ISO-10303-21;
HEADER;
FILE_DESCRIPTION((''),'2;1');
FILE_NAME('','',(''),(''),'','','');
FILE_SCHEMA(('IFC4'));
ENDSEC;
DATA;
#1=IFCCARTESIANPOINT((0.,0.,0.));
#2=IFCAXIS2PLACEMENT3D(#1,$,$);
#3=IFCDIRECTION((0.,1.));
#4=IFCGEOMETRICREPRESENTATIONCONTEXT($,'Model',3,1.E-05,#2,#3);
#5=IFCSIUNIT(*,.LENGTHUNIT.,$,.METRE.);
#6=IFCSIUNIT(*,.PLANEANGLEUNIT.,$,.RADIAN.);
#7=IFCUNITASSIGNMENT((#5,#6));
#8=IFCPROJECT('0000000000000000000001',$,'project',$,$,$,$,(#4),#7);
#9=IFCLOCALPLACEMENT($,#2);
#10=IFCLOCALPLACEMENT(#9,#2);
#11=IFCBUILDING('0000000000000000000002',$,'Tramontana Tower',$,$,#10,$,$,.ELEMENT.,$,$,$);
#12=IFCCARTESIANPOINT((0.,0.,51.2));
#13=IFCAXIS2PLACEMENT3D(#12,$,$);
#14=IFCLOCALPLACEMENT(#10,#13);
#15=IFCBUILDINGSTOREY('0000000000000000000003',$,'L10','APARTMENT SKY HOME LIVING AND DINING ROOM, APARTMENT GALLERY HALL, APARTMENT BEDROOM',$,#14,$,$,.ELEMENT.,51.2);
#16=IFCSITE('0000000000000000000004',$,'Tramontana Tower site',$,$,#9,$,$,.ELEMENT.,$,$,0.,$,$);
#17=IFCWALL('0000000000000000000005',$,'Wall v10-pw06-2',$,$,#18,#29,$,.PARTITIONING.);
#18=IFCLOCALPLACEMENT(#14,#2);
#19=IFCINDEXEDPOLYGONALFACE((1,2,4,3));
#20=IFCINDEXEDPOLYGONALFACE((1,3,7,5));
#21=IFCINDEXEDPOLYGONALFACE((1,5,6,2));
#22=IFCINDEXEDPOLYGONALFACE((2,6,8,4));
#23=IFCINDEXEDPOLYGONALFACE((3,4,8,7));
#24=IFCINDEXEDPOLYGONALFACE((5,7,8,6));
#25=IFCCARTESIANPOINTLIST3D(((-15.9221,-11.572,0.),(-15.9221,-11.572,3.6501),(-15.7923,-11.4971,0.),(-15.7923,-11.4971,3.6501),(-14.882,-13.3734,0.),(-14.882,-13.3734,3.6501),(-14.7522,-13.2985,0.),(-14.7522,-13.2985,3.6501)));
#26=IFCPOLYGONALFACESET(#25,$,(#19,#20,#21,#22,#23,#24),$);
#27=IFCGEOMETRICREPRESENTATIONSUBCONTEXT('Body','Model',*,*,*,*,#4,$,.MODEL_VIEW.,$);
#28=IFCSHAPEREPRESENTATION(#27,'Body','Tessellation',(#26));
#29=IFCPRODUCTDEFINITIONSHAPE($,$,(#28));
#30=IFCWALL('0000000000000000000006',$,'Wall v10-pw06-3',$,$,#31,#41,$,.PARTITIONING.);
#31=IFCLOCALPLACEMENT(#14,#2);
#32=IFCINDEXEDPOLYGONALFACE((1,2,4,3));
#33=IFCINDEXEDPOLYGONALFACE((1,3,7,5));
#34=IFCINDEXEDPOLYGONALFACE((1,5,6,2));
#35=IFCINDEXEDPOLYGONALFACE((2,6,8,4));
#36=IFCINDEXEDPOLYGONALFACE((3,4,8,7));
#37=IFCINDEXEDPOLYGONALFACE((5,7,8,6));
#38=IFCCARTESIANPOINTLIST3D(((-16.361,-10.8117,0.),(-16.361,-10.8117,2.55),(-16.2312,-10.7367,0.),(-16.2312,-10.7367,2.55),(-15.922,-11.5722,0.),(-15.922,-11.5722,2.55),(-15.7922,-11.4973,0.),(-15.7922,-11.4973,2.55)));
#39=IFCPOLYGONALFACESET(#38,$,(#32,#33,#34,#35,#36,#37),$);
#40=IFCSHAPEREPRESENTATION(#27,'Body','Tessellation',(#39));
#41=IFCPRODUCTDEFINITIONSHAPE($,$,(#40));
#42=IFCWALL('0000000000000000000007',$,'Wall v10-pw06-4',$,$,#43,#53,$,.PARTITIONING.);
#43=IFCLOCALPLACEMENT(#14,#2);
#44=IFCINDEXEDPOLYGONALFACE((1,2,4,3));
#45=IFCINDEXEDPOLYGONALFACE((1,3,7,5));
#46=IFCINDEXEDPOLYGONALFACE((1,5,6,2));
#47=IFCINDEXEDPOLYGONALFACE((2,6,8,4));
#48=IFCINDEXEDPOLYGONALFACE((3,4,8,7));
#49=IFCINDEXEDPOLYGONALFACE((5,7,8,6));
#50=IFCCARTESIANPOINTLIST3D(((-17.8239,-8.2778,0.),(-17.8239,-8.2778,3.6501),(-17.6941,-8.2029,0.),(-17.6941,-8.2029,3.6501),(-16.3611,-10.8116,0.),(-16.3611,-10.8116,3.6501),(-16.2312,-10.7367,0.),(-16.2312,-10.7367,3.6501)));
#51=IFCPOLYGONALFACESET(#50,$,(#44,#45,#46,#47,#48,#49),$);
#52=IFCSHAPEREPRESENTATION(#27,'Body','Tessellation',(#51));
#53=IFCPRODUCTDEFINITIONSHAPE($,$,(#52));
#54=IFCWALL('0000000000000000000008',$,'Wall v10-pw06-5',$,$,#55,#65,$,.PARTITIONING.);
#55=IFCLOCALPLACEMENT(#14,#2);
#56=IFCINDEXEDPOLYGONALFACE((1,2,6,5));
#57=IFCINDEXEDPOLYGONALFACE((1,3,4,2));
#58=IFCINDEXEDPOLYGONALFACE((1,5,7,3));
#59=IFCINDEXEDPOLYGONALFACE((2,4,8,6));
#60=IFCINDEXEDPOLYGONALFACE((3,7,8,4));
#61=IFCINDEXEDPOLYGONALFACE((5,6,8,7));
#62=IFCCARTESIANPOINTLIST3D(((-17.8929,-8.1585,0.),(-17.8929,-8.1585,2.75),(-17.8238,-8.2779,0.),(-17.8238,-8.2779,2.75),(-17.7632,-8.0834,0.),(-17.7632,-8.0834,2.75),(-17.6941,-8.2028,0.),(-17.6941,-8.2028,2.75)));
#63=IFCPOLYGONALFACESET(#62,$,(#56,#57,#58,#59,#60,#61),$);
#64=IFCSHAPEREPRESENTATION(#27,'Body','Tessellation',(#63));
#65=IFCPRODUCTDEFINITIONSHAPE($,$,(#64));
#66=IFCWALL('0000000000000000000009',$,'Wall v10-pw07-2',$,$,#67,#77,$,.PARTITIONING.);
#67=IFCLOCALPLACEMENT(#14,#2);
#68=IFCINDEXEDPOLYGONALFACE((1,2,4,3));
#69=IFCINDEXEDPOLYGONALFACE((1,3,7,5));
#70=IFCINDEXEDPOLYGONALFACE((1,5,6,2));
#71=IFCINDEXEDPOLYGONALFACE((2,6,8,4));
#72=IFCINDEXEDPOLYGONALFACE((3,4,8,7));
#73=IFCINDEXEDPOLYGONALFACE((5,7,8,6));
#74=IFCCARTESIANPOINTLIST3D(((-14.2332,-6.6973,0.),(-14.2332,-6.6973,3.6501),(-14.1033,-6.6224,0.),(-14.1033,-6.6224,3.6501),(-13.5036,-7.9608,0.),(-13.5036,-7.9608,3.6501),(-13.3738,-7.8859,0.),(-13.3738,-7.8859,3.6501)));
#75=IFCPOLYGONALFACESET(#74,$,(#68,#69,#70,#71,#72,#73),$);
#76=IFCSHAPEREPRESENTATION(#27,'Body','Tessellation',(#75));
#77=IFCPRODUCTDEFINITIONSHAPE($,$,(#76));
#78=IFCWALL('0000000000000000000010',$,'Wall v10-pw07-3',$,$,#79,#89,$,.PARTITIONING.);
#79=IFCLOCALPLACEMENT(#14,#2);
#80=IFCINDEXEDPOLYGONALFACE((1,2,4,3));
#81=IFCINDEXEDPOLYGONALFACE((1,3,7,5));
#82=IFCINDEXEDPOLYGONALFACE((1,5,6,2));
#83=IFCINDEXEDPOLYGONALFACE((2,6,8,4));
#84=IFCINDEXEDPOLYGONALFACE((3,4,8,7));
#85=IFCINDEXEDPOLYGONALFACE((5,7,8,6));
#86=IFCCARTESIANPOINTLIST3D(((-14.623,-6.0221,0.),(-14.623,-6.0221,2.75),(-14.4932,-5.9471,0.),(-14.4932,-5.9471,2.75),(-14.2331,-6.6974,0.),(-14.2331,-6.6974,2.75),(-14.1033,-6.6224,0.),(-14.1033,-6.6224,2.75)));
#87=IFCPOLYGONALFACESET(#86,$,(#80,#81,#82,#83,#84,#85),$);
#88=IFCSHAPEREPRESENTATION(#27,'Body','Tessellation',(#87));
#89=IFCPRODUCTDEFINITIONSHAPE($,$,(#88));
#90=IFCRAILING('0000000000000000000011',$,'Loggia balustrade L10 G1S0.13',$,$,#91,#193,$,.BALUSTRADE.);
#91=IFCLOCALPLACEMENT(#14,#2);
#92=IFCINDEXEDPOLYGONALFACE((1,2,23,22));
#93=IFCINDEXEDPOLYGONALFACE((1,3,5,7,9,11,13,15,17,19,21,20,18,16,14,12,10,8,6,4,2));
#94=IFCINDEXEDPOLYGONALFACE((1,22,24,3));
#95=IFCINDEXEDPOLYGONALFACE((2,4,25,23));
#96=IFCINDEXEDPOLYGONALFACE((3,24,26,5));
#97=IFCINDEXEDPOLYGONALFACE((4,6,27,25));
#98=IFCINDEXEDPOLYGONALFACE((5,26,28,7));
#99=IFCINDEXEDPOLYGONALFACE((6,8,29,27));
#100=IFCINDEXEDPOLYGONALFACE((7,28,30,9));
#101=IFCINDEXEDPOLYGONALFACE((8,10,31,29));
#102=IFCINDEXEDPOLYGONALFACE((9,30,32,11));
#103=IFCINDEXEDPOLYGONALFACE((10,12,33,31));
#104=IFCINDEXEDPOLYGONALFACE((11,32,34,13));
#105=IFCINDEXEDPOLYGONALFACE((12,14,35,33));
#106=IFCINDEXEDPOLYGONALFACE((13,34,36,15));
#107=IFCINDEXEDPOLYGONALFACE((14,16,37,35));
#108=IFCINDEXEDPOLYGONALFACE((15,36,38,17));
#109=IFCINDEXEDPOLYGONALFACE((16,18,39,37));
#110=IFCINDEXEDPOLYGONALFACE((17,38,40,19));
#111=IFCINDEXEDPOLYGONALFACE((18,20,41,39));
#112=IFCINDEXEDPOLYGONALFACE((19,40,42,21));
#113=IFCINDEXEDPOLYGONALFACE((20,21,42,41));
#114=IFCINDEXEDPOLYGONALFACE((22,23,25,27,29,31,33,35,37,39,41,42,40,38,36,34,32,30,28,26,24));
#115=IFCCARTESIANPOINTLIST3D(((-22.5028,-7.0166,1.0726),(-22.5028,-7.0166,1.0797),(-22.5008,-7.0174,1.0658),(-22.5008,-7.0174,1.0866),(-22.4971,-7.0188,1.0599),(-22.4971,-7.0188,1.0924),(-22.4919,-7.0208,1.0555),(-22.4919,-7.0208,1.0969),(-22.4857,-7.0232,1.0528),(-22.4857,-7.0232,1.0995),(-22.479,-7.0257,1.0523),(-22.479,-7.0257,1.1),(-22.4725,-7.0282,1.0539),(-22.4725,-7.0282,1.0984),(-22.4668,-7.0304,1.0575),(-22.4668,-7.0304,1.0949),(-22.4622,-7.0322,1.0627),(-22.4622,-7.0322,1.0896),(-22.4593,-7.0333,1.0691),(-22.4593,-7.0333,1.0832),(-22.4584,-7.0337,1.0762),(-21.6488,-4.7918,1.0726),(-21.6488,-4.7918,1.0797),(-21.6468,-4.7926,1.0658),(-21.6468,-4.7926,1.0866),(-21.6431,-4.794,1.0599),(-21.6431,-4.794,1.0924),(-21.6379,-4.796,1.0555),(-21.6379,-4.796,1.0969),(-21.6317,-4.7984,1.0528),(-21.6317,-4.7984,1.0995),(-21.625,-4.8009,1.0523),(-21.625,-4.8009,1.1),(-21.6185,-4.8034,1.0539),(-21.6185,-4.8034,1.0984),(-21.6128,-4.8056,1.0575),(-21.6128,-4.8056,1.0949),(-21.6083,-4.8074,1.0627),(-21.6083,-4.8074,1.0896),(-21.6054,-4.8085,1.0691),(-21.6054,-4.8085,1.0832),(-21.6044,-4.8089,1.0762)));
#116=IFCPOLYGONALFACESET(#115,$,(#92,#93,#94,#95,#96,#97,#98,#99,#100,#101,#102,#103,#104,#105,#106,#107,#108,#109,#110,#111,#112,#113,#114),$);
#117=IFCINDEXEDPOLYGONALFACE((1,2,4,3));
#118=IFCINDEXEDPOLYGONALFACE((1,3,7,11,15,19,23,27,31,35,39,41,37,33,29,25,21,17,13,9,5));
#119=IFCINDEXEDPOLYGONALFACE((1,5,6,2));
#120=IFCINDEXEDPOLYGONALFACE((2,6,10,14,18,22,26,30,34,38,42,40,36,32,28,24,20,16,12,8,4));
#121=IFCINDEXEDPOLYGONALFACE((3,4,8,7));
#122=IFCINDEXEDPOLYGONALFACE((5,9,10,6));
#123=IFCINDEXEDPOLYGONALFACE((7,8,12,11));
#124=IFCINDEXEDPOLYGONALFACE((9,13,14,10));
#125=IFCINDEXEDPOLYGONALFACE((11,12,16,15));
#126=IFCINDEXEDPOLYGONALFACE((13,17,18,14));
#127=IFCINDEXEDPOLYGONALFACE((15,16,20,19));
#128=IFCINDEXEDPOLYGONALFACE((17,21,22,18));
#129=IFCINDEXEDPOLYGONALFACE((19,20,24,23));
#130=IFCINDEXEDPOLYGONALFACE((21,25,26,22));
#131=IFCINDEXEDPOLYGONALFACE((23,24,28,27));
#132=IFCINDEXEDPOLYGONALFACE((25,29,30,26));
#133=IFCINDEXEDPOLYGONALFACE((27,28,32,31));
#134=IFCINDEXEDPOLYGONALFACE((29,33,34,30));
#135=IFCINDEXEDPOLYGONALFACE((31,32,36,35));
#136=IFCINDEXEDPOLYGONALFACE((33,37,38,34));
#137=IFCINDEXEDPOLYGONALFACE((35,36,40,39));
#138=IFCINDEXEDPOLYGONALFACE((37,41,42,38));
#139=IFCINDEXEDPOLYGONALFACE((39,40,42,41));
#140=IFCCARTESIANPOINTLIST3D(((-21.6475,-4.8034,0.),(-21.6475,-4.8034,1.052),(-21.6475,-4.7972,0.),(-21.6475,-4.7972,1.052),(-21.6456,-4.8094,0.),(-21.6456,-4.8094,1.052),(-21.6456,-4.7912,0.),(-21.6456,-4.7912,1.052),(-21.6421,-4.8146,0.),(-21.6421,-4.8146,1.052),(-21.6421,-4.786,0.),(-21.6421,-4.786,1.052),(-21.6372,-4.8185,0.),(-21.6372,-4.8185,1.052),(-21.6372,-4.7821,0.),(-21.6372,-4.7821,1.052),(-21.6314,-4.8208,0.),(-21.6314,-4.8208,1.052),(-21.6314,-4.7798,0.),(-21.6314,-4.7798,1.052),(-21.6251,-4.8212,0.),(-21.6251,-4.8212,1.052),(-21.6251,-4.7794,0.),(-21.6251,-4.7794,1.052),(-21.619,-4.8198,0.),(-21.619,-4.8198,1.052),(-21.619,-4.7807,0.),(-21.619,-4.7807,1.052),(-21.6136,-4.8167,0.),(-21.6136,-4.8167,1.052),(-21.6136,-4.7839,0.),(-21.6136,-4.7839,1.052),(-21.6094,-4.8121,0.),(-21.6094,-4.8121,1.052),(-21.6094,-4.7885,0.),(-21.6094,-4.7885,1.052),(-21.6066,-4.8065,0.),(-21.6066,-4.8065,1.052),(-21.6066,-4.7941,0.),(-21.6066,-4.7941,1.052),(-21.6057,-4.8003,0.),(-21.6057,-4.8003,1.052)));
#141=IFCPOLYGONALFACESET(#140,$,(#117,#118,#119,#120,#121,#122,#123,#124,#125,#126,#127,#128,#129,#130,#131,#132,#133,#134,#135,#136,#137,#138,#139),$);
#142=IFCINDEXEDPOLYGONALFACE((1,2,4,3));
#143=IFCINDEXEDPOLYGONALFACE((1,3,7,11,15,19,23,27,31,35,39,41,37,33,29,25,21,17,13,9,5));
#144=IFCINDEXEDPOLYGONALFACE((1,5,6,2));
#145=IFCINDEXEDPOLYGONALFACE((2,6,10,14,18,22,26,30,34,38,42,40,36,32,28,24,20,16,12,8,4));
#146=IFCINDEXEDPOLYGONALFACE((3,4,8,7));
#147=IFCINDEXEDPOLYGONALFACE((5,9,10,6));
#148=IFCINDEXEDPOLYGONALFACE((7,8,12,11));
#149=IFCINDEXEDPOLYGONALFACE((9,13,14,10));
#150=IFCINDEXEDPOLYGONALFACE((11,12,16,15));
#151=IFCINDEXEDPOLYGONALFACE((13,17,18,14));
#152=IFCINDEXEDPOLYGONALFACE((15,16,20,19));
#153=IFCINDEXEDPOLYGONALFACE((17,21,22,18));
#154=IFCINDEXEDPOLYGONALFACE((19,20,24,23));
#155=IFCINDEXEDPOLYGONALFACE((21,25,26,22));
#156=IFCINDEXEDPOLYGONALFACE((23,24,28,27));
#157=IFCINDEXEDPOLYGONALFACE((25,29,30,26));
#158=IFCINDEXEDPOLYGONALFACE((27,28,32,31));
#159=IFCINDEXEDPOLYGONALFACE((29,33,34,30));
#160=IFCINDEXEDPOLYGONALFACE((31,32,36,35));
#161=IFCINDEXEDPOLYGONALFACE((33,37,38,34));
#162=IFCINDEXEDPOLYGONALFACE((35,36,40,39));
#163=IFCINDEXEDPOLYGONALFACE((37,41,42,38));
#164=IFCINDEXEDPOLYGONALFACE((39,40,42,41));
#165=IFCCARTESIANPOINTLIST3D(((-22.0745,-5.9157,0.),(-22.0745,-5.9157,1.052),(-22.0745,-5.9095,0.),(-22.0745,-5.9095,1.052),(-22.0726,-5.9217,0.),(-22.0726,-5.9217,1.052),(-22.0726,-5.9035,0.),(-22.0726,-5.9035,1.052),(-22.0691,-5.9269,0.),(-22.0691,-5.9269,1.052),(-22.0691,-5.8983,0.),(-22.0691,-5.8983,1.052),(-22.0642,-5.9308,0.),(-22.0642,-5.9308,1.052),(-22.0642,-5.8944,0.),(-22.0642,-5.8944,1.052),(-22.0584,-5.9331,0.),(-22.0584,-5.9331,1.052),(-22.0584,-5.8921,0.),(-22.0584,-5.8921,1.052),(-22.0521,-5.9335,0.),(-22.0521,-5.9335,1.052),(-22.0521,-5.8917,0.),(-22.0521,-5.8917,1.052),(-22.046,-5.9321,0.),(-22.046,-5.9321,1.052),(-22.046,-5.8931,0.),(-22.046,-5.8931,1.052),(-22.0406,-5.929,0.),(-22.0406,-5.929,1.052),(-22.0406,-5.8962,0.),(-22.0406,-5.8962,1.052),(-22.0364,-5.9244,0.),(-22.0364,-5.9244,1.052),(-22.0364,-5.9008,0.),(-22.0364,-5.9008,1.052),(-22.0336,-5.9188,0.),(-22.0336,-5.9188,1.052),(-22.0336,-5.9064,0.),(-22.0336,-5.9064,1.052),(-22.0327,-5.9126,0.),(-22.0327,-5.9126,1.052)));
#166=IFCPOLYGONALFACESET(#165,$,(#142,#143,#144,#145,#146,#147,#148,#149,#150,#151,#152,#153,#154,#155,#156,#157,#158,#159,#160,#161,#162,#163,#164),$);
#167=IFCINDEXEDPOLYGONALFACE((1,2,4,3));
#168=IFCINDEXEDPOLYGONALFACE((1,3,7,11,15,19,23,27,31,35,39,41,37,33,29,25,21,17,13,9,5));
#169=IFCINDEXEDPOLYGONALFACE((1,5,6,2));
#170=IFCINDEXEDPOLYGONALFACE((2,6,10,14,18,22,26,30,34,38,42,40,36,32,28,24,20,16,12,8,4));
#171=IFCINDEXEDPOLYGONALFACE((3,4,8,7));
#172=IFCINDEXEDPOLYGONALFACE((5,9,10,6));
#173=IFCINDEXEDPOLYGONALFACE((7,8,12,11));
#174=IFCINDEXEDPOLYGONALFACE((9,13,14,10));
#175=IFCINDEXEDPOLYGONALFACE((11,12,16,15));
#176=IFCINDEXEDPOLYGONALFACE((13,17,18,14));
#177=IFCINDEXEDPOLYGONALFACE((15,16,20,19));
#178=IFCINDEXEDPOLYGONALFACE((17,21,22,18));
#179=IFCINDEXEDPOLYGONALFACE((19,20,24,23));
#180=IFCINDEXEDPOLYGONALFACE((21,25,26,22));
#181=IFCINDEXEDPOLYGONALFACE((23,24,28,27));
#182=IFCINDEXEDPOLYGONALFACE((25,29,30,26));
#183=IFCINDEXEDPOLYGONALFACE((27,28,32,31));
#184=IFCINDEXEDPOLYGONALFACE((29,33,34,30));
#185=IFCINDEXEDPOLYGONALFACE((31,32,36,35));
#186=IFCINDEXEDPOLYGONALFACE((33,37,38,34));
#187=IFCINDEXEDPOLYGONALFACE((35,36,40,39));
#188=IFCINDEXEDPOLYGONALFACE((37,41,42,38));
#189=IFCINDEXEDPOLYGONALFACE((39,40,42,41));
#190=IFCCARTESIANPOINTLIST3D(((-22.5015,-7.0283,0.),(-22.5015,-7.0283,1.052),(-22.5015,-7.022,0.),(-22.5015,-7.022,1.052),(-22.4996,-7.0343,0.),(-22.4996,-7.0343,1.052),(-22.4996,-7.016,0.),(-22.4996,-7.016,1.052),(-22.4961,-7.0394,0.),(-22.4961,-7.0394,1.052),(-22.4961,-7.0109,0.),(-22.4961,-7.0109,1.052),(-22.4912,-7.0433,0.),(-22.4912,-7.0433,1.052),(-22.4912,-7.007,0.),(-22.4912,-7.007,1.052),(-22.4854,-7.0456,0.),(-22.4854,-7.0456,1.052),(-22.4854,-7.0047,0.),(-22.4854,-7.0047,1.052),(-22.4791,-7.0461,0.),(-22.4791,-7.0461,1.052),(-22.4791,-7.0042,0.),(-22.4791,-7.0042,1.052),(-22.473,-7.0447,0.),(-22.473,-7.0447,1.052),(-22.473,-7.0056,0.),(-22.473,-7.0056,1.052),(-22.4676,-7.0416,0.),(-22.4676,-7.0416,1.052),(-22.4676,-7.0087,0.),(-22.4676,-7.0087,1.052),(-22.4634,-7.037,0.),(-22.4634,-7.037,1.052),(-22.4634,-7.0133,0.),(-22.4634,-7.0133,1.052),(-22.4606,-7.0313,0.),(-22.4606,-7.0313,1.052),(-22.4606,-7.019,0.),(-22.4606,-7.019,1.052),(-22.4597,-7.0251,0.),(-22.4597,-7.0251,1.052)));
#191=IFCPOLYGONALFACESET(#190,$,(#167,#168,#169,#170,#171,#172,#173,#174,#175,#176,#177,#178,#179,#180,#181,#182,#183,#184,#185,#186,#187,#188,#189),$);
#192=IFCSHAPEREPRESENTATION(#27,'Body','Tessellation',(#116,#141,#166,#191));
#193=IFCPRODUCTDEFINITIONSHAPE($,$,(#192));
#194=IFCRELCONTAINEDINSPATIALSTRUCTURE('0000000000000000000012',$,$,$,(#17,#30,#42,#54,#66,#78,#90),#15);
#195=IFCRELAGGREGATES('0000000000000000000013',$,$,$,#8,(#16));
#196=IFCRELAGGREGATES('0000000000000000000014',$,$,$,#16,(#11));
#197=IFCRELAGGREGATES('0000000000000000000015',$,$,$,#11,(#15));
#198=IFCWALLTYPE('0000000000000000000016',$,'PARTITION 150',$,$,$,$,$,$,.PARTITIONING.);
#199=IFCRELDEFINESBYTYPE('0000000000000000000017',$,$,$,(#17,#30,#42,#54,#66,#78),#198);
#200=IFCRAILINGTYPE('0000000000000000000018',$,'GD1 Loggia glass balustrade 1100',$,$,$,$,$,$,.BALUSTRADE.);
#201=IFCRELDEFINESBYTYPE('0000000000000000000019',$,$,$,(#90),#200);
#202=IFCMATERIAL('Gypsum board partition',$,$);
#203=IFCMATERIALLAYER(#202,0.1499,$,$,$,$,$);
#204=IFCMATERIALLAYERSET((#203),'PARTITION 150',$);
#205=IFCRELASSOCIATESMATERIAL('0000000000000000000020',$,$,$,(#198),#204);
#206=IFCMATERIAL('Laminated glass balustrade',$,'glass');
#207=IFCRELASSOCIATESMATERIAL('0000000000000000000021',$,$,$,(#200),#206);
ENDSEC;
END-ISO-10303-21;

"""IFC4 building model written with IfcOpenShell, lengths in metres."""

from ifc_helpers import new_model, si_unit, direction, frame, frame_2d, origin, origin_2d, place, context, subcontext, project, spatial, rectangle, circle, extrude, material, layer, layer_set, type_object, element, save


model = new_model("IFC4")

# Units and contexts
model_context = context("Model", 3, precision=1e-05, world=origin(), true_north=direction((0.0, 1.0)))
body_context = subcontext(model_context, "Body", "Model", "MODEL_VIEW")
ifc_project = project(units=[si_unit("LENGTHUNIT", "METRE"), si_unit("PLANEANGLEUNIT", "RADIAN")], contexts=[model_context])

# Site, building, storey
site_placement = place(None, origin())
site = spatial("IfcSite", under=ifc_project, at=site_placement, Name="Tramontana Tower site", CompositionType="ELEMENT", RefElevation=0.0)
building_placement = place(site_placement, origin())
building = spatial("IfcBuilding", under=site, at=building_placement, Name="Tramontana Tower", CompositionType="ELEMENT")
storey_placement = place(building_placement, frame((0.0, 0.0, 51.2)))
storey = spatial("IfcBuildingStorey", under=building, at=storey_placement, Name="L10", Description="APARTMENT SKY HOME LIVING AND DINING ROOM, APARTMENT GALLERY HALL, APARTMENT BEDROOM", CompositionType="ELEMENT", Elevation=51.2)

# Shared definitions
ifc_material_1 = material(Name="Gypsum board partition")
ifc_layer_1 = layer(ifc_material_1, 0.1499)
ifc_layer_set_1 = layer_set([ifc_layer_1], Name="PARTITION 150")
wall_type_1 = type_object("IfcWallType", Name="PARTITION 150", PredefinedType="PARTITIONING", material=ifc_layer_set_1)

# Walls
wall_1_placement = place(storey_placement, frame((-14.8171, -13.3359, 0.0), z_axis=(0.0, 0.0, 1.0), x_axis=(-0.500027, 0.86601, 0.0)))
element("IfcWall", 1, at=wall_1_placement, inside=storey, type_object=wall_type_1, Name="Wall v10-pw06-2", PredefinedType="PARTITIONING", context=body_context, shape_type="SweptSolid", body=[
    extrude(rectangle(XDim=2.0801, YDim=0.1499, at=frame_2d((1.04, 0.0))), origin(), (0.0, 0.0, 1.0), 3.6501),
])
wall_2_placement = place(storey_placement, frame((-15.8572, -11.5347, 0.0), z_axis=(0.0, 0.0, 1.0), x_axis=(-0.499907, 0.866079, 0.0)))
element("IfcWall", 2, at=wall_2_placement, inside=storey, type_object=wall_type_1, Name="Wall v10-pw06-3", PredefinedType="PARTITIONING", context=body_context, shape_type="SweptSolid", body=[
    extrude(rectangle(XDim=0.8782, YDim=0.1499, at=frame_2d((0.439, 0.0))), origin(), (0.0, 0.0, 1.0), 2.55),
])
wall_3_placement = place(storey_placement, frame((-16.2961, -10.7742, 0.0), z_axis=(0.0, 0.0, 1.0), x_axis=(-0.49998, 0.866037, 0.0)))
element("IfcWall", 3, at=wall_3_placement, inside=storey, type_object=wall_type_1, Name="Wall v10-pw06-4", PredefinedType="PARTITIONING", context=body_context, shape_type="SweptSolid", body=[
    extrude(rectangle(XDim=2.9258, YDim=0.1499, at=frame_2d((1.4629, 0.0))), origin(), (0.0, 0.0, 1.0), 3.6501),
])
wall_4_placement = place(storey_placement, frame((-17.759, -8.2402, 0.0), z_axis=(0.0, 0.0, 1.0), x_axis=(-0.500897, 0.865507, 0.0)))
element("IfcWall", 4, at=wall_4_placement, inside=storey, type_object=wall_type_1, Name="Wall v10-pw06-5", PredefinedType="PARTITIONING", context=body_context, shape_type="SweptSolid", body=[
    extrude(rectangle(XDim=0.1379, YDim=0.1499, at=frame_2d((0.0688, 0.0))), origin(), (0.0, 0.0, 1.0), 2.75),
])

# Walls
wall_5_placement = place(storey_placement, frame((-13.4387, -7.9233, 0.0), z_axis=(0.0, 0.0, 1.0), x_axis=(-0.500027, 0.86601, 0.0)))
element("IfcWall", 5, at=wall_5_placement, inside=storey, type_object=wall_type_1, Name="Wall v10-pw07-2", PredefinedType="PARTITIONING", context=body_context, shape_type="SweptSolid", body=[
    extrude(rectangle(XDim=1.459, YDim=0.1499, at=frame_2d((0.7295, 0.0))), origin(), (0.0, 0.0, 1.0), 3.6501),
])
wall_6_placement = place(storey_placement, frame((-14.1682, -6.6599, 0.0), z_axis=(0.0, 0.0, 1.0), x_axis=(-0.500012, 0.866019, 0.0)))
element("IfcWall", 6, at=wall_6_placement, inside=storey, type_object=wall_type_1, Name="Wall v10-pw07-3", PredefinedType="PARTITIONING", context=body_context, shape_type="SweptSolid", body=[
    extrude(rectangle(XDim=0.7798, YDim=0.1499, at=frame_2d((0.3899, 0.0))), origin(), (0.0, 0.0, 1.0), 2.75),
])

# Railing
ifc_material_2 = material(Name="Laminated glass balustrade", Category="glass")
railing_type = type_object("IfcRailingType", Name="GD1 Loggia glass balustrade 1100", PredefinedType="BALUSTRADE", material=ifc_material_2)
railing_1_placement = place(storey_placement, frame((-21.6267, -4.8003, 0.0)))
element("IfcRailing", 7, at=railing_1_placement, inside=storey, type_object=railing_type, Name="Loggia balustrade L10 G1S0.13", PredefinedType="BALUSTRADE", context=body_context, shape_type="SweptSolid", body=[
    extrude(circle(Radius=0.0239, at=origin_2d()), frame((0.0, 0.0, 1.0762), z_axis=(-0.358354, -0.933586, 0.0), x_axis=(0.933586, -0.358354, 0.0)), (0.0, 0.0, 1.0), 2.3831),
    extrude(circle(Radius=0.021, at=origin_2d()), origin(), (0.0, 0.0, 1.0), 1.052),
    extrude(circle(Radius=0.021, at=origin_2d()), frame((-0.427, -1.1123, 0.0)), (0.0, 0.0, 1.0), 1.052),
    extrude(circle(Radius=0.021, at=origin_2d()), frame((-0.854, -2.2249, 0.0)), (0.0, 0.0, 1.0), 1.052),
])

save(model, "model.ifc")
